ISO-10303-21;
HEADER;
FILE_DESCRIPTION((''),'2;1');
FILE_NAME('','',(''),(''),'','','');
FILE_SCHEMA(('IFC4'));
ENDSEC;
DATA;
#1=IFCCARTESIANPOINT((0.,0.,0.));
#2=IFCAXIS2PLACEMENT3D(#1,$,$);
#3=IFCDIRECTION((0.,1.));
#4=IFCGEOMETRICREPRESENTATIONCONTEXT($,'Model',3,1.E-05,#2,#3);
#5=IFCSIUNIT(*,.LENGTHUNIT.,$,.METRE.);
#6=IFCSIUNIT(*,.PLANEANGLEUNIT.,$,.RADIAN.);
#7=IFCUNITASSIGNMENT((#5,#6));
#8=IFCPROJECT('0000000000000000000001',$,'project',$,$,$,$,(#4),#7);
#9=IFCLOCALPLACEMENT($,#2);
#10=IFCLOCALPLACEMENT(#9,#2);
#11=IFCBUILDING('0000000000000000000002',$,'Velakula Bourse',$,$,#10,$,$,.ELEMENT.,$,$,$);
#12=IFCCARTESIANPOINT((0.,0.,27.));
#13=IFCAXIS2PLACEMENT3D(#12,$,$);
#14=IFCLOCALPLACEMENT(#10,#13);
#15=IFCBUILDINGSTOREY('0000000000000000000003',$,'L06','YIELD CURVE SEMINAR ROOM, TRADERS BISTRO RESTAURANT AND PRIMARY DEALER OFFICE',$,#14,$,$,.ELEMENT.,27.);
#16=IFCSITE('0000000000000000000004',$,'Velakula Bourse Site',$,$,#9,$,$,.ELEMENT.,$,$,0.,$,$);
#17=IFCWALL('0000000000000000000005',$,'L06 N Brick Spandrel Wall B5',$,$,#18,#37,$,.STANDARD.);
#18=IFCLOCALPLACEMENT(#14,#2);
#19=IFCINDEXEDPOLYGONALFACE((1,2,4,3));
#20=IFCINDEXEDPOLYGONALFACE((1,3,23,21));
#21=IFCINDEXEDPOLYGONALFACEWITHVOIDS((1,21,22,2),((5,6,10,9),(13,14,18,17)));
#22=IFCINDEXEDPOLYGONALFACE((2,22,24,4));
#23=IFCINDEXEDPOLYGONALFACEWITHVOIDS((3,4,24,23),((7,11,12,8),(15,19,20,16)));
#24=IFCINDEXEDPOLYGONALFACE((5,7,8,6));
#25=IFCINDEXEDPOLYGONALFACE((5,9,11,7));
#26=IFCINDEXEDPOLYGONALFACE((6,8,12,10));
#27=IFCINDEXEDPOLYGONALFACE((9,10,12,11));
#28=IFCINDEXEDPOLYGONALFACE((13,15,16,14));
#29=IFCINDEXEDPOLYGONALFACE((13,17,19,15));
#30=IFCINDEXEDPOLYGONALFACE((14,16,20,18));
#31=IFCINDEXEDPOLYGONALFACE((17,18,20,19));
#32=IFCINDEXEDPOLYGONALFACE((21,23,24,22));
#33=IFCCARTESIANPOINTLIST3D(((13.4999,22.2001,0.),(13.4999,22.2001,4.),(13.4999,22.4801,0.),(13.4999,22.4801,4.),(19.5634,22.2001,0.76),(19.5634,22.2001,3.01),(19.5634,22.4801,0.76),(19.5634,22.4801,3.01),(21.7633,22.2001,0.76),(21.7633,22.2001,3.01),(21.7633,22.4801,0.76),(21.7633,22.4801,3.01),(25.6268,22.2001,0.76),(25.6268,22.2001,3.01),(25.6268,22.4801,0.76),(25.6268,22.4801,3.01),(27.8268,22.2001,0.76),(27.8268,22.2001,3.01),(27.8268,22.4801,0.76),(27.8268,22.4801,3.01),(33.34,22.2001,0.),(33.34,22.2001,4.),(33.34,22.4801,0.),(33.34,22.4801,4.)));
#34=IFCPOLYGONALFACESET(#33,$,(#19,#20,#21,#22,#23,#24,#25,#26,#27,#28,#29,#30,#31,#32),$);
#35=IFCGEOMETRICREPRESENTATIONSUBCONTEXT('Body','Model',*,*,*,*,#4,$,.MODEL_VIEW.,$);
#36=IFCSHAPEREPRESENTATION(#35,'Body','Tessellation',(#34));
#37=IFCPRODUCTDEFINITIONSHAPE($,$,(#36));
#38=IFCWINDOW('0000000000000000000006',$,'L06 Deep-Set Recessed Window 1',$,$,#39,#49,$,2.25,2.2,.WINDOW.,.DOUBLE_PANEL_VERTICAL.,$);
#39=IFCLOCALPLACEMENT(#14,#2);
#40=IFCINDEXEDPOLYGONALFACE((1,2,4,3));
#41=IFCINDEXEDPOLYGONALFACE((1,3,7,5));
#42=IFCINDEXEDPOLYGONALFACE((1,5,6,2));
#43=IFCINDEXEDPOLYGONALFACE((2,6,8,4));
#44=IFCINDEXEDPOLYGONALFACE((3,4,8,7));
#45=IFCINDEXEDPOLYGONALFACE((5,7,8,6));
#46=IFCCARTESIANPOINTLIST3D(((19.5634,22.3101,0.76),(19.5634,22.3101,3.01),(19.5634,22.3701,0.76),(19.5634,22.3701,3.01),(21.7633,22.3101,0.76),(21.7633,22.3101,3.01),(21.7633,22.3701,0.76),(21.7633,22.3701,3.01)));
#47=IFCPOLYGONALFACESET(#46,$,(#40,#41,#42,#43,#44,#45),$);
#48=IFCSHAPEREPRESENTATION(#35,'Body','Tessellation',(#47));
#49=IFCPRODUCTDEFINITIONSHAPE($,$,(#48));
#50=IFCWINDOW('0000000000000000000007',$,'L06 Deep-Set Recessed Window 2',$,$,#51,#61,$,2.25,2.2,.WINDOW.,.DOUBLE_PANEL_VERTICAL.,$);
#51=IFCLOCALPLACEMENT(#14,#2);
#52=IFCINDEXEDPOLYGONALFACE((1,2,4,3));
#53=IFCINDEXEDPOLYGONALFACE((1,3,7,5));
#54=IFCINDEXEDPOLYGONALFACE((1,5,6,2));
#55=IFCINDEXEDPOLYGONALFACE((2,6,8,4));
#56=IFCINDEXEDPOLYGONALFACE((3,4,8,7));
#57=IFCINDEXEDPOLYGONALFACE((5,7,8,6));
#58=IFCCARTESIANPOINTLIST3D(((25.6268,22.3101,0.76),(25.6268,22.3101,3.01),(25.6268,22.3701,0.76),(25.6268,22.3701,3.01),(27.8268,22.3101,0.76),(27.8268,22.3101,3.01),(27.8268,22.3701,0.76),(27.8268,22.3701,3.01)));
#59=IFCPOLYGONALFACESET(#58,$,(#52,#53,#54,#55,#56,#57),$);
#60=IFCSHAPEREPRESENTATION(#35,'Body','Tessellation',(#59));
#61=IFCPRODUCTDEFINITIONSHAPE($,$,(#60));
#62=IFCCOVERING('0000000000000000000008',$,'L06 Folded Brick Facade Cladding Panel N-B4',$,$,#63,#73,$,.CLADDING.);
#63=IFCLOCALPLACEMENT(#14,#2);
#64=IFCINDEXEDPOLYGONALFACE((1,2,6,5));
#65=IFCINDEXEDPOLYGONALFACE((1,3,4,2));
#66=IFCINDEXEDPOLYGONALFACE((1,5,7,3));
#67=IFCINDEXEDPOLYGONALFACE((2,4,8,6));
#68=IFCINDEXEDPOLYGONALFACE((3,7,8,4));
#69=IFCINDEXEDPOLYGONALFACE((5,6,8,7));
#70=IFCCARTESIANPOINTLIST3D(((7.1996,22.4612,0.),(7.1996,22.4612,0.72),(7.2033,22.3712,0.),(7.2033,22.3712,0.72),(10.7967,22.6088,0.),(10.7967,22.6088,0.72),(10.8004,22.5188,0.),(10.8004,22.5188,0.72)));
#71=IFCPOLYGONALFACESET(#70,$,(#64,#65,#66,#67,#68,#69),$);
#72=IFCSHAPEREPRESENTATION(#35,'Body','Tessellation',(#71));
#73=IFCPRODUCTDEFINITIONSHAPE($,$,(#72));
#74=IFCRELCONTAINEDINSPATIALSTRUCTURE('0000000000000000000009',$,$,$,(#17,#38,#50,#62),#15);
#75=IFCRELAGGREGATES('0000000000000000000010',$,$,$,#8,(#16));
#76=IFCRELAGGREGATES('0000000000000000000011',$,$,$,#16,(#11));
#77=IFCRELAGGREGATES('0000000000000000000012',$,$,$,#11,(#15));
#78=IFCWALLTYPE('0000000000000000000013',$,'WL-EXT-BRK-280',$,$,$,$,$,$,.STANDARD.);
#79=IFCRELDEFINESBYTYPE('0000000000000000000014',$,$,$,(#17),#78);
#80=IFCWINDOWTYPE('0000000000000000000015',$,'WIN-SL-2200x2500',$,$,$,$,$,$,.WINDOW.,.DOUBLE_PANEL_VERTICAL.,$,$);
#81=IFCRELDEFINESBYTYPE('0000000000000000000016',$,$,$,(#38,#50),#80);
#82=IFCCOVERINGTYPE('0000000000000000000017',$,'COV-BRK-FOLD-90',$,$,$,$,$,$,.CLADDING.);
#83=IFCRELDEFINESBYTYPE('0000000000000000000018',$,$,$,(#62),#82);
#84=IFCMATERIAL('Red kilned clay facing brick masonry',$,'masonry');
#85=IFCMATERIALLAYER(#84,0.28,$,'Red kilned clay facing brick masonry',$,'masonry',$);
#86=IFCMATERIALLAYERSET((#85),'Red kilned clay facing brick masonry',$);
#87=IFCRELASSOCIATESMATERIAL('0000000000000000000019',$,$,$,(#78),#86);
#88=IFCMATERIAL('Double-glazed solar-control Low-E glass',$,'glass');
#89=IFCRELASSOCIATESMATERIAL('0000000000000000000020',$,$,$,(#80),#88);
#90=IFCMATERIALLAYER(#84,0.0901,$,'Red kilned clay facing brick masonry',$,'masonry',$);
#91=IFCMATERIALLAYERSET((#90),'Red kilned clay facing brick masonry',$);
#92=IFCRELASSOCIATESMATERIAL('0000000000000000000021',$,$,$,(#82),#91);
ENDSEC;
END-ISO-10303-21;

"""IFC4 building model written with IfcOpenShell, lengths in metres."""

from ifc_helpers import new_model, si_unit, direction, frame, frame_2d, origin, origin_2d, place, context, subcontext, project, spatial, rectangle, extrude, material, layer, layer_set, type_object, element, fill, save


model = new_model("IFC4")

# Units and contexts
model_context = context("Model", 3, precision=1e-05, world=origin(), true_north=direction((0.0, 1.0)))
body_context = subcontext(model_context, "Body", "Model", "MODEL_VIEW")
ifc_project = project(units=[si_unit("LENGTHUNIT", "METRE"), si_unit("PLANEANGLEUNIT", "RADIAN")], contexts=[model_context])

# Site, building, storey
site_placement = place(None, origin())
site = spatial("IfcSite", under=ifc_project, at=site_placement, Name="Velakula Bourse Site", CompositionType="ELEMENT", RefElevation=0.0)
building_placement = place(site_placement, origin())
building = spatial("IfcBuilding", under=site, at=building_placement, Name="Velakula Bourse", CompositionType="ELEMENT")
storey_placement = place(building_placement, frame((0.0, 0.0, 27.0)))
storey = spatial("IfcBuildingStorey", under=building, at=storey_placement, Name="L06", Description="YIELD CURVE SEMINAR ROOM, TRADERS BISTRO RESTAURANT AND PRIMARY DEALER OFFICE", CompositionType="ELEMENT", Elevation=27.0)

# Shared definitions
ifc_material_1 = material(Name="Double-glazed solar-control Low-E glass", Category="glass")

# Wall, openings, windows
ifc_material_2 = material(Name="Red kilned clay facing brick masonry", Category="masonry")
ifc_layer_1 = layer(ifc_material_2, 0.28, Name="Red kilned clay facing brick masonry", Category="masonry")
ifc_layer_set_1 = layer_set([ifc_layer_1], Name="Red kilned clay facing brick masonry")
wall_type = type_object("IfcWallType", Name="WL-EXT-BRK-280", PredefinedType="STANDARD", material=ifc_layer_set_1)
window_type = type_object("IfcWindowType", Name="WIN-SL-2200x2500", PartitioningType="DOUBLE_PANEL_VERTICAL", PredefinedType="WINDOW", material=ifc_material_1)
wall_1_placement = place(storey_placement, frame((13.5, 22.3401, 0.0), z_axis=(0.0, 0.0, 1.0), x_axis=(1.0, 0.0, 0.0)))
wall_1 = element("IfcWall", 1, at=wall_1_placement, inside=storey, type_object=wall_type, Name="L06 N Brick Spandrel Wall B5", PredefinedType="STANDARD", context=body_context, shape_type="SweptSolid", body=[
    extrude(rectangle(XDim=19.8401, YDim=0.28, at=frame_2d((9.9199, 0.0))), origin(), (0.0, 0.0, 1.0), 4.0),
])
opening_1_placement = place(wall_1_placement, frame((6.0632, 0.0, 0.76)))
opening_1 = element("IfcOpeningElement", 2, at=opening_1_placement, cuts=wall_1, PredefinedType="OPENING", context=body_context, shape_type="SweptSolid", body=[
    extrude(rectangle(XDim=2.2, YDim=2.25, at=frame_2d((1.1001, 1.125))), frame((0.0, 0.1499, 0.0), z_axis=(0.0, -1.0, 0.0), x_axis=(1.0, 0.0, 0.0)), (0.0, 0.0, 1.0), 0.3),
])
opening_2_placement = place(wall_1_placement, frame((12.1267, 0.0, 0.76)))
opening_2 = element("IfcOpeningElement", 3, at=opening_2_placement, cuts=wall_1, PredefinedType="OPENING", context=body_context, shape_type="SweptSolid", body=[
    extrude(rectangle(XDim=2.2, YDim=2.25, at=frame_2d((1.1001, 1.125))), frame((0.0, 0.1499, 0.0), z_axis=(0.0, -1.0, 0.0), x_axis=(1.0, 0.0, 0.0)), (0.0, 0.0, 1.0), 0.3),
])
window_1_placement = place(opening_1_placement, origin())
window_1 = element("IfcWindow", 4, at=window_1_placement, inside=storey, type_object=window_type, Name="L06 Deep-Set Recessed Window 1", OverallHeight=2.25, OverallWidth=2.2, PartitioningType="DOUBLE_PANEL_VERTICAL", PredefinedType="WINDOW", context=body_context, shape_type="SweptSolid", body=[
    extrude(rectangle(XDim=2.2, YDim=2.25, at=frame_2d((1.1001, 1.125))), frame((0.0, 0.03, 0.0), z_axis=(0.0, -1.0, 0.0), x_axis=(1.0, 0.0, 0.0)), (0.0, 0.0, 1.0), 0.0601),
])
fill(opening_1, window_1)
window_2_placement = place(opening_2_placement, origin())
window_2 = element("IfcWindow", 5, at=window_2_placement, inside=storey, type_object=window_type, Name="L06 Deep-Set Recessed Window 2", OverallHeight=2.25, OverallWidth=2.2, PartitioningType="DOUBLE_PANEL_VERTICAL", PredefinedType="WINDOW", context=body_context, shape_type="SweptSolid", body=[
    extrude(rectangle(XDim=2.2, YDim=2.25, at=frame_2d((1.1001, 1.125))), frame((0.0, 0.03, 0.0), z_axis=(0.0, -1.0, 0.0), x_axis=(1.0, 0.0, 0.0)), (0.0, 0.0, 1.0), 0.0601),
])
fill(opening_2, window_2)

# Covering
ifc_layer_2 = layer(ifc_material_2, 0.0901, Name="Red kilned clay facing brick masonry", Category="masonry")
ifc_layer_set_2 = layer_set([ifc_layer_2], Name="Red kilned clay facing brick masonry")
covering_type = type_object("IfcCoveringType", Name="COV-BRK-FOLD-90", PredefinedType="CLADDING", material=ifc_layer_set_2)
covering_placement = place(storey_placement, frame((9.0, 22.49, 0.0), z_axis=(0.0, 0.0, 1.0), x_axis=(0.999159, 0.041004, 0.0)))
element("IfcCovering", 6, at=covering_placement, inside=storey, type_object=covering_type, Name="L06 Folded Brick Facade Cladding Panel N-B4", PredefinedType="CLADDING", context=body_context, shape_type="SweptSolid", body=[
    extrude(rectangle(XDim=3.6001, YDim=0.0901, at=origin_2d()), origin(), (0.0, 0.0, 1.0), 0.72),
])

save(model, "model.ifc")
